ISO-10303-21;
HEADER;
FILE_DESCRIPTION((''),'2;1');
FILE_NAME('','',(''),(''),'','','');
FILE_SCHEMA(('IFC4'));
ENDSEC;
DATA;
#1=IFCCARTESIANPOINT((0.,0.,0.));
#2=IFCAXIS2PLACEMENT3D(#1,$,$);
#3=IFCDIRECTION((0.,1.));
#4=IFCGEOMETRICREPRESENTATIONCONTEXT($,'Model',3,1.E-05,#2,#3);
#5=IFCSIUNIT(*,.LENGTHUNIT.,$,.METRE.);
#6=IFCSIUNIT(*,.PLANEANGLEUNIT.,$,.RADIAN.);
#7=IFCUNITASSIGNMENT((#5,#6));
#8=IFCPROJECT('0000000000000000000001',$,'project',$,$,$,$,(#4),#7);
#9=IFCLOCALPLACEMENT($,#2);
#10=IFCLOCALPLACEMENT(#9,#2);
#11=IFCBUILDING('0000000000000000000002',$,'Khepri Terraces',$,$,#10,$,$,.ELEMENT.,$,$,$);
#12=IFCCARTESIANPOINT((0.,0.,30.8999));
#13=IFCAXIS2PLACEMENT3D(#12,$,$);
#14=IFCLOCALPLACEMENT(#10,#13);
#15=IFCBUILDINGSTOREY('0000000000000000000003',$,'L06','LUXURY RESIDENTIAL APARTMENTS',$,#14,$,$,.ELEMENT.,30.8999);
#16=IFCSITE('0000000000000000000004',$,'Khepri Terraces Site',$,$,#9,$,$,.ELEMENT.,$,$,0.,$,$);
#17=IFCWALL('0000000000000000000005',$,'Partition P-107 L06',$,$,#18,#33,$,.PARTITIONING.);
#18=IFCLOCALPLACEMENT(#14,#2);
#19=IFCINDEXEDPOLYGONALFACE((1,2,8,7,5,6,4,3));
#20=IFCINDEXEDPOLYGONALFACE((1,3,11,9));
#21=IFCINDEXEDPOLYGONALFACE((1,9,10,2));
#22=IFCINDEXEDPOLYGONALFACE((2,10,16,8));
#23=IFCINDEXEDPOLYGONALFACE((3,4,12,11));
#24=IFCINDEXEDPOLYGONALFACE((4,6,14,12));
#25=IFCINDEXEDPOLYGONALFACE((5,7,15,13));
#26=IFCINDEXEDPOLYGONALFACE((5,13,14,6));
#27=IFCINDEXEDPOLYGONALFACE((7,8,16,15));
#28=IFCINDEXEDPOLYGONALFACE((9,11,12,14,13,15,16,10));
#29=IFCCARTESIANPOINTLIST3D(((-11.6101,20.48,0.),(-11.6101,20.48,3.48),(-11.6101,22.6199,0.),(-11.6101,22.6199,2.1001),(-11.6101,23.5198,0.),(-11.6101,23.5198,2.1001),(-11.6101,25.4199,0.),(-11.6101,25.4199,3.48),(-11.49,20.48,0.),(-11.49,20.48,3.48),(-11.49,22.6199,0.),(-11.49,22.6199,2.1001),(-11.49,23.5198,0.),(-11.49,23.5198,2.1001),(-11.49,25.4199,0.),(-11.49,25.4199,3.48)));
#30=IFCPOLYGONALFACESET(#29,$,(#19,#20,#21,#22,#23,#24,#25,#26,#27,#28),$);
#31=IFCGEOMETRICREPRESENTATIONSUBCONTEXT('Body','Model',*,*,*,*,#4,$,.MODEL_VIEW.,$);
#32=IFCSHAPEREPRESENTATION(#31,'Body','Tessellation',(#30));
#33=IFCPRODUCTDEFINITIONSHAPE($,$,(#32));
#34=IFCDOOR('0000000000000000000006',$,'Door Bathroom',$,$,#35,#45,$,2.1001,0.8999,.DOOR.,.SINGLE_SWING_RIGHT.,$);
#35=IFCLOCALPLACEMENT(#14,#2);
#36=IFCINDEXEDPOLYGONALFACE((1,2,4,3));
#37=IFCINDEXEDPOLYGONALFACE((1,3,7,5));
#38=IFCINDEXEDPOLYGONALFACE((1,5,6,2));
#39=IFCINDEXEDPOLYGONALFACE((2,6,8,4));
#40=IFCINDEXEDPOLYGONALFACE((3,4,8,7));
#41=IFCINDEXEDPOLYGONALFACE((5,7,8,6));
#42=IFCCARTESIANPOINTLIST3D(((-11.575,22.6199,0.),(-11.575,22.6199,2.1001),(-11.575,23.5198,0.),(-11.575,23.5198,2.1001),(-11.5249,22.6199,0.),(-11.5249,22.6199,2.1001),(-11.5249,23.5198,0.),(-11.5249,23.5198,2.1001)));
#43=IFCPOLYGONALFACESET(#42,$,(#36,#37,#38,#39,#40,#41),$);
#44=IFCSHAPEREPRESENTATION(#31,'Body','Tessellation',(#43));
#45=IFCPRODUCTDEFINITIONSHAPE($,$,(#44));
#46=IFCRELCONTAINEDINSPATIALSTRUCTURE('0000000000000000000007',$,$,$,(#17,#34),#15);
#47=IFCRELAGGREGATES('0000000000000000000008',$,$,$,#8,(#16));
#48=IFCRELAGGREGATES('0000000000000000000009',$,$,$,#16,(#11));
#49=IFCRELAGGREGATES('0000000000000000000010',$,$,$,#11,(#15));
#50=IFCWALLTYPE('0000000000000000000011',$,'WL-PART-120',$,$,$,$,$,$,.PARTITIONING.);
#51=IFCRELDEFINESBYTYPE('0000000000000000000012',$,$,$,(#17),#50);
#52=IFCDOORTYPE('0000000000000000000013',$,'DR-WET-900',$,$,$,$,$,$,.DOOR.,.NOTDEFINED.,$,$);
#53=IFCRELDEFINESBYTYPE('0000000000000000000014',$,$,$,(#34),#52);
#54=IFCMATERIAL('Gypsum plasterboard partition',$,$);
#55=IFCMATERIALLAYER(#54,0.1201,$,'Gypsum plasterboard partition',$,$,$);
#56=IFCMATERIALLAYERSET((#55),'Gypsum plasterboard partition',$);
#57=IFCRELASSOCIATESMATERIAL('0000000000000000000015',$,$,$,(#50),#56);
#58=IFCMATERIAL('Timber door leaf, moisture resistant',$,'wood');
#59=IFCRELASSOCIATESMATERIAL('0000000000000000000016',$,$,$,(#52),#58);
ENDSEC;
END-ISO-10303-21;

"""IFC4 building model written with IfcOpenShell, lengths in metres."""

from ifc_helpers import new_model, si_unit, direction, frame, frame_2d, origin, place, context, subcontext, project, spatial, rectangle, extrude, material, layer, layer_set, type_object, element, fill, save


model = new_model("IFC4")

# Units and contexts
model_context = context("Model", 3, precision=1e-05, world=origin(), true_north=direction((0.0, 1.0)))
body_context = subcontext(model_context, "Body", "Model", "MODEL_VIEW")
ifc_project = project(units=[si_unit("LENGTHUNIT", "METRE"), si_unit("PLANEANGLEUNIT", "RADIAN")], contexts=[model_context])

# Site, building, storey
site_placement = place(None, origin())
site = spatial("IfcSite", under=ifc_project, at=site_placement, Name="Khepri Terraces Site", CompositionType="ELEMENT", RefElevation=0.0)
building_placement = place(site_placement, origin())
building = spatial("IfcBuilding", under=site, at=building_placement, Name="Khepri Terraces", CompositionType="ELEMENT")
storey_placement = place(building_placement, frame((0.0, 0.0, 30.8999)))
storey = spatial("IfcBuildingStorey", under=building, at=storey_placement, Name="L06", Description="LUXURY RESIDENTIAL APARTMENTS", CompositionType="ELEMENT", Elevation=30.8999)

# Shared definitions
ifc_material_1 = material(Name="Gypsum plasterboard partition")
ifc_layer_1 = layer(ifc_material_1, 0.1201, Name="Gypsum plasterboard partition")
ifc_layer_set_1 = layer_set([ifc_layer_1], Name="Gypsum plasterboard partition")
wall_type_1 = type_object("IfcWallType", Name="WL-PART-120", PredefinedType="PARTITIONING", material=ifc_layer_set_1)

# Shared definitions
ifc_material_2 = material(Name="Timber door leaf, moisture resistant", Category="wood")
door_type_1 = type_object("IfcDoorType", Name="DR-WET-900", OperationType="NOTDEFINED", PredefinedType="DOOR", material=ifc_material_2)

# Wall, opening, door
wall_1_placement = place(storey_placement, frame((-11.55, 20.48, 0.0), z_axis=(0.0, 0.0, 1.0), x_axis=(0.0, 1.0, 0.0)))
wall_1 = element("IfcWall", 1, at=wall_1_placement, inside=storey, type_object=wall_type_1, Name="Partition P-107 L06", PredefinedType="PARTITIONING", context=body_context, shape_type="SweptSolid", body=[
    extrude(rectangle(XDim=4.9399, YDim=0.1201, at=frame_2d((2.47, 0.0))), origin(), (0.0, 0.0, 1.0), 3.48),
])
opening_1_placement = place(wall_1_placement, frame((2.1399, 0.0, 0.0)))
opening_1 = element("IfcOpeningElement", 2, at=opening_1_placement, cuts=wall_1, PredefinedType="OPENING", context=body_context, shape_type="SweptSolid", body=[
    extrude(rectangle(XDim=0.8999, YDim=2.1001, at=frame_2d((0.45, 1.05))), frame((0.0, 0.0701, 0.0), z_axis=(0.0, -1.0, 0.0), x_axis=(1.0, 0.0, 0.0)), (0.0, 0.0, 1.0), 0.1401),
])
door_1_placement = place(opening_1_placement, origin())
door_1 = element("IfcDoor", 3, at=door_1_placement, inside=storey, type_object=door_type_1, Name="Door Bathroom", OperationType="SINGLE_SWING_RIGHT", OverallHeight=2.1001, OverallWidth=0.8999, PredefinedType="DOOR", context=body_context, shape_type="SweptSolid", body=[
    extrude(rectangle(XDim=0.8999, YDim=2.1001, at=frame_2d((0.45, 1.05))), frame((0.0, 0.0249, 0.0), z_axis=(0.0, -1.0, 0.0), x_axis=(1.0, 0.0, 0.0)), (0.0, 0.0, 1.0), 0.05),
])
fill(opening_1, door_1)

save(model, "model.ifc")
